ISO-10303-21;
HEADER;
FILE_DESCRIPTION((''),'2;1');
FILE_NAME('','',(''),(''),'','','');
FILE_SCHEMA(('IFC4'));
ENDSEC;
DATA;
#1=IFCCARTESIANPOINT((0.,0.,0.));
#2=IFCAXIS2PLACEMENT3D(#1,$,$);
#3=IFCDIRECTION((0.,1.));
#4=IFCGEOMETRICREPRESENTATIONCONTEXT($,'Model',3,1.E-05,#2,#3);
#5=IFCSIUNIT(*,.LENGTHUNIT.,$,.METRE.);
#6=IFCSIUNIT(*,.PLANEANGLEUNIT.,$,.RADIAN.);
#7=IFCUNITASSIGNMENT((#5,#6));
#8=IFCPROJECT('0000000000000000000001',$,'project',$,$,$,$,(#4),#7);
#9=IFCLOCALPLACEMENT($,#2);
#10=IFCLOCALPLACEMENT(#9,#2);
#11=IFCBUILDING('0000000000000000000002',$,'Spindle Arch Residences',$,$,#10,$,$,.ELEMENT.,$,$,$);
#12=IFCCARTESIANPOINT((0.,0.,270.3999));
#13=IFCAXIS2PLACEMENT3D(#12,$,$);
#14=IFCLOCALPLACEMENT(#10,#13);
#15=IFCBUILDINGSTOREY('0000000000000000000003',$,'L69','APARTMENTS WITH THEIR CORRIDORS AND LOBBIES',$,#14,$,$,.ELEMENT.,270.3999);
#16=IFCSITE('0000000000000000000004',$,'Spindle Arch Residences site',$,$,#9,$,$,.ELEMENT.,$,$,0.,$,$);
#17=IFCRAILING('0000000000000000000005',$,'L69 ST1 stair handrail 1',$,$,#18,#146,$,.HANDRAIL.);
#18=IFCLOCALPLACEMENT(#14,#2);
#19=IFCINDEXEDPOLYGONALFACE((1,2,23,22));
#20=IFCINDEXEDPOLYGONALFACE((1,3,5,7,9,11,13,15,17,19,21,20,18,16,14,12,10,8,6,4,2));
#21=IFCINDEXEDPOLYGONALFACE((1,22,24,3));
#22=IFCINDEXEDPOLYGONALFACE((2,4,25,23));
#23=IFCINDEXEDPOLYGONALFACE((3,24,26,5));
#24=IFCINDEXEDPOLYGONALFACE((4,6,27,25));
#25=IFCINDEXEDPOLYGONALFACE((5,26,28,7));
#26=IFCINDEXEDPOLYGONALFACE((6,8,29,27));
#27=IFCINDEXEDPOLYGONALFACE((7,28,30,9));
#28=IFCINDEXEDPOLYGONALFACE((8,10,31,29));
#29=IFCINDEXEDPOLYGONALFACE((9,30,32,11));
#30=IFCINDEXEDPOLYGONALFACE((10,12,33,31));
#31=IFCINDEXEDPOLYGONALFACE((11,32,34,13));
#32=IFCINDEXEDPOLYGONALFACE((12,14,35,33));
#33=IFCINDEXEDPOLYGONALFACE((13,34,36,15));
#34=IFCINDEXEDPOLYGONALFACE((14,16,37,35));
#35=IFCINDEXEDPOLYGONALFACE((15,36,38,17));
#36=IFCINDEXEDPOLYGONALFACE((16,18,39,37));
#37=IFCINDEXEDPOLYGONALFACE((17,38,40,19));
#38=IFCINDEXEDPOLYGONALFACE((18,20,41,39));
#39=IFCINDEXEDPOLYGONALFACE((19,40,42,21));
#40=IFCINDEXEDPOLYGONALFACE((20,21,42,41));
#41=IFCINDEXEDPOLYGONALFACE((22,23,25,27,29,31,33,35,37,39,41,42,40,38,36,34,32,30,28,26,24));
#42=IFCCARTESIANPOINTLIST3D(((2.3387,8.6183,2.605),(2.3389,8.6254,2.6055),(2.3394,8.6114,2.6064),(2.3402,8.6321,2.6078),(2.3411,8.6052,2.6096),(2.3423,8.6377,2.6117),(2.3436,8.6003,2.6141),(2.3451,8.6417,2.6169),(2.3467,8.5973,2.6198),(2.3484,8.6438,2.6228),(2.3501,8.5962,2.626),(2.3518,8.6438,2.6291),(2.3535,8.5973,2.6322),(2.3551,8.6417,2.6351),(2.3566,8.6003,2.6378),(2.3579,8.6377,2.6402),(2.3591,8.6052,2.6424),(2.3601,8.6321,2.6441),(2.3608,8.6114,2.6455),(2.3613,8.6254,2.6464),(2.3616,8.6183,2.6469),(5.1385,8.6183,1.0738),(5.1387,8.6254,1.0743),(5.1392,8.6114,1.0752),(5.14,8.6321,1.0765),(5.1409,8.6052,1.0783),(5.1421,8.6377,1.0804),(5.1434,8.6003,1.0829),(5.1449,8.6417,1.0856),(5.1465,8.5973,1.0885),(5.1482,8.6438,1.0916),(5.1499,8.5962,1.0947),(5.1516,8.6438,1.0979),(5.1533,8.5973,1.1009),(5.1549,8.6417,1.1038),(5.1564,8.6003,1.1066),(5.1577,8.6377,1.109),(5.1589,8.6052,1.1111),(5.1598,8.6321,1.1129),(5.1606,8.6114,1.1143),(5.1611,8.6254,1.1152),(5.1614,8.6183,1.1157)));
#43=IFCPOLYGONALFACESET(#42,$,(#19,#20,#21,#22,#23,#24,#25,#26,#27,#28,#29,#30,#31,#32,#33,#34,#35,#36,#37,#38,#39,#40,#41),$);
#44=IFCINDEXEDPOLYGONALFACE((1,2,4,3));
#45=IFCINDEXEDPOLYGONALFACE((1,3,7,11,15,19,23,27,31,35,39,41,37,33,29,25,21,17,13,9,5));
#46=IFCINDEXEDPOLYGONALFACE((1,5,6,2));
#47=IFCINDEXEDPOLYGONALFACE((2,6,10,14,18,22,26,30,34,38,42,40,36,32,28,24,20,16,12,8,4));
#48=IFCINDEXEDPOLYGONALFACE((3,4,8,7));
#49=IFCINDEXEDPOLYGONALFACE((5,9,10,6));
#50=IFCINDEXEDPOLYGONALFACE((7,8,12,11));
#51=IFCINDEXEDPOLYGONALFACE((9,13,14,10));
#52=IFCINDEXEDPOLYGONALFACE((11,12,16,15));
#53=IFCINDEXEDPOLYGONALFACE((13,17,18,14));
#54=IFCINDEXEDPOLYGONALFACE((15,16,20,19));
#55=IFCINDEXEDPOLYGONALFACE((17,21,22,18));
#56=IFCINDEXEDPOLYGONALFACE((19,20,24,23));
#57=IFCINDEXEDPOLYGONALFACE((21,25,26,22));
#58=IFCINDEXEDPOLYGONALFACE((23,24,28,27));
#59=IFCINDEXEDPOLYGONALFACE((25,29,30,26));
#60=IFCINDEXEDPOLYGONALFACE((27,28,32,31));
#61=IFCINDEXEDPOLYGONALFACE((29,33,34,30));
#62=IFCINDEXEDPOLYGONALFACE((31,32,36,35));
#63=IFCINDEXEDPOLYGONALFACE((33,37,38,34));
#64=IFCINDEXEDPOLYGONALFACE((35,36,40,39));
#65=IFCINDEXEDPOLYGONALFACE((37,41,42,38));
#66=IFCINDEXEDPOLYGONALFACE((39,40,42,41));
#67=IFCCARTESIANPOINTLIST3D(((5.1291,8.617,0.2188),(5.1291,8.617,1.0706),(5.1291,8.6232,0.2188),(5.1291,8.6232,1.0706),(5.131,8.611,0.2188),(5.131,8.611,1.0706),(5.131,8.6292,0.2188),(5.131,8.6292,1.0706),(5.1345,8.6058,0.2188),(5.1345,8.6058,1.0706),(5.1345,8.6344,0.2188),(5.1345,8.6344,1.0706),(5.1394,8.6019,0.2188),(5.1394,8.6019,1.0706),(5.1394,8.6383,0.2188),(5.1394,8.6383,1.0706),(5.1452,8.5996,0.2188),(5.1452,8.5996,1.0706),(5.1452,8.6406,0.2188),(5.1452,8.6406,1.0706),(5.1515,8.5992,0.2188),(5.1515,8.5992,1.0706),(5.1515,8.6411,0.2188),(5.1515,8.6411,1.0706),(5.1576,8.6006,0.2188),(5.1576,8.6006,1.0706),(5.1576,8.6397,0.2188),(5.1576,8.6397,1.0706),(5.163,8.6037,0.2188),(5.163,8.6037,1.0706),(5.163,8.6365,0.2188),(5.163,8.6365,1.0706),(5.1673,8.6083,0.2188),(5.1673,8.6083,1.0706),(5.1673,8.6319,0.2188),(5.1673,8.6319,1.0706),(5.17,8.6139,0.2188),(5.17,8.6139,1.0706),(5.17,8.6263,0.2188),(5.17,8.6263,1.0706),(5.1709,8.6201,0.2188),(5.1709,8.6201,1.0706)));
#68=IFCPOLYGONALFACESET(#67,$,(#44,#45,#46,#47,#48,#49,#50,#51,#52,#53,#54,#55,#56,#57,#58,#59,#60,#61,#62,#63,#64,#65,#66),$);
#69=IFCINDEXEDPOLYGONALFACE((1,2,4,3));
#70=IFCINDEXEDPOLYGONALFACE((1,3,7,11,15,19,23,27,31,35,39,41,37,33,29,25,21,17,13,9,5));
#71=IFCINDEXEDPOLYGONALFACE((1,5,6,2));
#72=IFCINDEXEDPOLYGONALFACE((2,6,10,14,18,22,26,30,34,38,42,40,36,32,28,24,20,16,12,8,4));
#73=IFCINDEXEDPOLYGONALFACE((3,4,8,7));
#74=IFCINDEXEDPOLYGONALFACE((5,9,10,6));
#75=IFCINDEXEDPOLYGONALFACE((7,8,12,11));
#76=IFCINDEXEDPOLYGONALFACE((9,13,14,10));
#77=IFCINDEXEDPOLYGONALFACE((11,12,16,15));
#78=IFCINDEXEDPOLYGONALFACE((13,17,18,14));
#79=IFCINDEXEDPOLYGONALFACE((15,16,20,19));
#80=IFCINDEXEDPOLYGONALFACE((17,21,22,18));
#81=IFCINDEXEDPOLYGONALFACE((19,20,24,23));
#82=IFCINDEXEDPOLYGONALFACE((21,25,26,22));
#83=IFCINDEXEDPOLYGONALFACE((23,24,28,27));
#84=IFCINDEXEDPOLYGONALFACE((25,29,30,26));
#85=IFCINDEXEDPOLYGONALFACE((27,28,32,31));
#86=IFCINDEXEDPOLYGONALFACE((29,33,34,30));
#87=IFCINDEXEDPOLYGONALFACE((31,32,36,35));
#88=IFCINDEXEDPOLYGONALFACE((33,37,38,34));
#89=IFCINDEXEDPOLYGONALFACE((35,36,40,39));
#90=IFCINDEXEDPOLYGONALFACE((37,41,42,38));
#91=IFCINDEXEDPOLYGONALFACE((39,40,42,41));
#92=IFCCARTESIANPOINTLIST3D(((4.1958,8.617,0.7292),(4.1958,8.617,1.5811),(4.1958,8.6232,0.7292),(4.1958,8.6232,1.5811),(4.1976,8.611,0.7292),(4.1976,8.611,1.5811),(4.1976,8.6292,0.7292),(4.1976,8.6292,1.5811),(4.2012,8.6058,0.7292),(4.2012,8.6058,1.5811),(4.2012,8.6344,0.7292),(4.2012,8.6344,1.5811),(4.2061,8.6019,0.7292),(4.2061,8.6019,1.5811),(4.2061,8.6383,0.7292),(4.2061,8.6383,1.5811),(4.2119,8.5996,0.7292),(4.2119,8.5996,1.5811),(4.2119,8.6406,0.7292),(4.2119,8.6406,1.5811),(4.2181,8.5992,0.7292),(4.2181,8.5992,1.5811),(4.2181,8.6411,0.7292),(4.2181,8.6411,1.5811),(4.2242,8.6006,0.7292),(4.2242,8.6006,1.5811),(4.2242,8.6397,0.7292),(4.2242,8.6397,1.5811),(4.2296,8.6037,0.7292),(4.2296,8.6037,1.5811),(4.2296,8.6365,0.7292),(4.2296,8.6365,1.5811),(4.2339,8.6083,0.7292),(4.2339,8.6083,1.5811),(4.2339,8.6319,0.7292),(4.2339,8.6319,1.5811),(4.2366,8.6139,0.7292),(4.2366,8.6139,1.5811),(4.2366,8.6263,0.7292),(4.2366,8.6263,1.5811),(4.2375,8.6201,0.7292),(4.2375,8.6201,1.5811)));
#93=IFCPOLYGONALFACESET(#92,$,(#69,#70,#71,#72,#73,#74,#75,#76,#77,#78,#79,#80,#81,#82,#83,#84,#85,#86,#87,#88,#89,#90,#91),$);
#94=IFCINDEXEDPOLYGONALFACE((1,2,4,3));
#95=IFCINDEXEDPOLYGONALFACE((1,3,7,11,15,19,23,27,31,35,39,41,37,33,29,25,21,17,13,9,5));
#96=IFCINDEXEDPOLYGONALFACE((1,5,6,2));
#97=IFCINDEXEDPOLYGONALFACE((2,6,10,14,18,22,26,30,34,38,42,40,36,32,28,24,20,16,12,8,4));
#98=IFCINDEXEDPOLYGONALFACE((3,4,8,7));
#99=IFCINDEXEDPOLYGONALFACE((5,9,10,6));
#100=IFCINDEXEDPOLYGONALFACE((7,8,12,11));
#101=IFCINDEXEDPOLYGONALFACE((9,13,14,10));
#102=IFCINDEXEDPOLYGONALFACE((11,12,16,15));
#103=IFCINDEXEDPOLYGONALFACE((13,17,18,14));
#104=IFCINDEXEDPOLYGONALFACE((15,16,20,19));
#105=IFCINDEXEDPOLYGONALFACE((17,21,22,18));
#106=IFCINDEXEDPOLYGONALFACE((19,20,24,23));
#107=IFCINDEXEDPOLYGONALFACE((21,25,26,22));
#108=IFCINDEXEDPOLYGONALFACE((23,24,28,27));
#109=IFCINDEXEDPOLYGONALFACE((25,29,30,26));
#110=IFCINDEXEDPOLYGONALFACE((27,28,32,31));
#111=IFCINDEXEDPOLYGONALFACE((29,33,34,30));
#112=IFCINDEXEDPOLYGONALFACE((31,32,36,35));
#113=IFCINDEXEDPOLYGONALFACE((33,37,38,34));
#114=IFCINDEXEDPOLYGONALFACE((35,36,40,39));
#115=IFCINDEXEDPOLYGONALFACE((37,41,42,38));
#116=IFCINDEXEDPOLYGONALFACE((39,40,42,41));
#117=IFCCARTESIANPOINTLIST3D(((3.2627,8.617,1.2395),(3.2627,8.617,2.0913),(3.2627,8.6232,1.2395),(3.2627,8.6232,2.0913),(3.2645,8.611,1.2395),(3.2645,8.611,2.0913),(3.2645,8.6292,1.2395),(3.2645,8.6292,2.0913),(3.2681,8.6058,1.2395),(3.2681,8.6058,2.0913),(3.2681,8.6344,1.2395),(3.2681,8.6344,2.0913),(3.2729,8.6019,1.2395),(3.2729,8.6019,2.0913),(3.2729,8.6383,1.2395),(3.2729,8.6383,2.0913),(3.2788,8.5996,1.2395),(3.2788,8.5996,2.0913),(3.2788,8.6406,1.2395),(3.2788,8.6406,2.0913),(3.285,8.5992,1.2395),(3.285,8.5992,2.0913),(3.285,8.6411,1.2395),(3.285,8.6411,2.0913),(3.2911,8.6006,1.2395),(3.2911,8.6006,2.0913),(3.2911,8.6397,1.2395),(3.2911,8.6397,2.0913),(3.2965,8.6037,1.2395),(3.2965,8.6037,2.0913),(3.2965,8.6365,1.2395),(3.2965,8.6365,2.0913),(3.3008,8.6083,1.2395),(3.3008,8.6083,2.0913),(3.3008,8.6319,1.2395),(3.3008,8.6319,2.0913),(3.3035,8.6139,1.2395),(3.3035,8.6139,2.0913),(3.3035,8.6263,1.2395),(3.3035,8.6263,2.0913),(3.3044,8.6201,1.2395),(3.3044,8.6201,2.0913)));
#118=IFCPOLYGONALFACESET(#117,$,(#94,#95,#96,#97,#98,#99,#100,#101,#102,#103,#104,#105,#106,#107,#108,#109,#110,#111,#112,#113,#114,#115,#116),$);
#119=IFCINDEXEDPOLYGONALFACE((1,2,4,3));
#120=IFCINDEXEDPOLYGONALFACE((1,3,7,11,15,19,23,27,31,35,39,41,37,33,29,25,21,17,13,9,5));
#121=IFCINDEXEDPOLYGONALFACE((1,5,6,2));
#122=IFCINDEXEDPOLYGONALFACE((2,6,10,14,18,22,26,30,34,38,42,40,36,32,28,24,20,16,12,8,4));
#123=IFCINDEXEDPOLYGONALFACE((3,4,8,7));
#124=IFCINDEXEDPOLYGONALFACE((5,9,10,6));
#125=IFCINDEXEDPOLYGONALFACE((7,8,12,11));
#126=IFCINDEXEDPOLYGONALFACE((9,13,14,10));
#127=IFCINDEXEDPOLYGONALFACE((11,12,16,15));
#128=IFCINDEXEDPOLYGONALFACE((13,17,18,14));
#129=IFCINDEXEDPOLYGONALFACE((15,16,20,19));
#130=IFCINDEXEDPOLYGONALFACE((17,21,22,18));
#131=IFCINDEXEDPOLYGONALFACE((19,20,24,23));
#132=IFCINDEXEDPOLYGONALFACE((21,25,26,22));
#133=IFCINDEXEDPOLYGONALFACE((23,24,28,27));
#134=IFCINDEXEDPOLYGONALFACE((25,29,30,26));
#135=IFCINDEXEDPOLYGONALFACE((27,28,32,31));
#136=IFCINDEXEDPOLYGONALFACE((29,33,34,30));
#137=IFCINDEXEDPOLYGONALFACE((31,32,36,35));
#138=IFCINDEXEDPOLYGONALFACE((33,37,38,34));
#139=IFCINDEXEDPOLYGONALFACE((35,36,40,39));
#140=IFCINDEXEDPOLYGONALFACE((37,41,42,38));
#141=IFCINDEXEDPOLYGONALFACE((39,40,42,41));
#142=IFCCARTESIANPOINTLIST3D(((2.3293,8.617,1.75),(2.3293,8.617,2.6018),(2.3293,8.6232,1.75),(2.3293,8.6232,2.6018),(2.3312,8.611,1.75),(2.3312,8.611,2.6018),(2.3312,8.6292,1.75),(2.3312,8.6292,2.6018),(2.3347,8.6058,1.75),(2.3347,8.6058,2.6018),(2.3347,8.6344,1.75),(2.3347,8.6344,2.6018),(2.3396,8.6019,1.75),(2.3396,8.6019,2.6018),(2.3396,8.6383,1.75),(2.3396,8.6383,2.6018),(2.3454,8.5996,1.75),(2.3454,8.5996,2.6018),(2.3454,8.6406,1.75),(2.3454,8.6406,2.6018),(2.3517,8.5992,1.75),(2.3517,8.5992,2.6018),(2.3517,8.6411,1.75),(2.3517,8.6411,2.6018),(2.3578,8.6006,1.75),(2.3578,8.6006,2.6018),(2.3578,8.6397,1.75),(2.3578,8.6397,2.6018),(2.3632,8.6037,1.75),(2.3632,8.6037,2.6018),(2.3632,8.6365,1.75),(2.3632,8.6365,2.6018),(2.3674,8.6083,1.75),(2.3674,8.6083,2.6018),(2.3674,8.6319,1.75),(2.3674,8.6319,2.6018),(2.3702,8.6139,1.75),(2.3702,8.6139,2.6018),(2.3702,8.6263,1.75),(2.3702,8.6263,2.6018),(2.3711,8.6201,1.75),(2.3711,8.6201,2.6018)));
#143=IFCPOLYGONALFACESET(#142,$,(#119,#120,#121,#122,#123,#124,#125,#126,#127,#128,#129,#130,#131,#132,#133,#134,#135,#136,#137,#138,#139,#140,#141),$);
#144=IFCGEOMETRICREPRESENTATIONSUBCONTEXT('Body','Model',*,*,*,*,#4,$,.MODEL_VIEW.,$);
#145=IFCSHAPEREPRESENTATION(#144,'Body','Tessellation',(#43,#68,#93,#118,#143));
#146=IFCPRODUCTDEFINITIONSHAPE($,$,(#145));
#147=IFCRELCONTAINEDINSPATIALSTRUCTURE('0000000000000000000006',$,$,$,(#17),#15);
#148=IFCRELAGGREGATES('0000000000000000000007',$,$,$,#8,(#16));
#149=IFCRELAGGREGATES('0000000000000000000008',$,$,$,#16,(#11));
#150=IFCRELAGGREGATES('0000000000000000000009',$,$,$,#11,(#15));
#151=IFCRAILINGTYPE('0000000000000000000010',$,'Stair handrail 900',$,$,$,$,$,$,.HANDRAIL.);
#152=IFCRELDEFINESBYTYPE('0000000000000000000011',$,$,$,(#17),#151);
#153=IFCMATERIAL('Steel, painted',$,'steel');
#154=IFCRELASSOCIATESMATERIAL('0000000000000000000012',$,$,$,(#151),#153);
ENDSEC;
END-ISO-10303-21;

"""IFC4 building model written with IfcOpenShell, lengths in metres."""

from ifc_helpers import new_model, si_unit, direction, frame, origin, origin_2d, place, context, subcontext, project, spatial, circle, extrude, material, type_object, element, save


model = new_model("IFC4")

# Units and contexts
model_context = context("Model", 3, precision=1e-05, world=origin(), true_north=direction((0.0, 1.0)))
body_context = subcontext(model_context, "Body", "Model", "MODEL_VIEW")
ifc_project = project(units=[si_unit("LENGTHUNIT", "METRE"), si_unit("PLANEANGLEUNIT", "RADIAN")], contexts=[model_context])

# Site, building, storey
site_placement = place(None, origin())
site = spatial("IfcSite", under=ifc_project, at=site_placement, Name="Spindle Arch Residences site", CompositionType="ELEMENT", RefElevation=0.0)
building_placement = place(site_placement, origin())
building = spatial("IfcBuilding", under=site, at=building_placement, Name="Spindle Arch Residences", CompositionType="ELEMENT")
storey_placement = place(building_placement, frame((0.0, 0.0, 270.3999)))
storey = spatial("IfcBuildingStorey", under=building, at=storey_placement, Name="L69", Description="APARTMENTS WITH THEIR CORRIDORS AND LOBBIES", CompositionType="ELEMENT", Elevation=270.3999)

# Railing
ifc_material_1 = material(Name="Steel, painted", Category="steel")
railing_type_1 = type_object("IfcRailingType", Name="Stair handrail 900", PredefinedType="HANDRAIL", material=ifc_material_1)
railing_1_placement = place(storey_placement, frame((5.1499, 8.6201, 0.2188)))
element("IfcRailing", 1, at=railing_1_placement, inside=storey, type_object=railing_type_1, Name="L69 ST1 stair handrail 1", PredefinedType="HANDRAIL", context=body_context, shape_type="SweptSolid", body=[
    extrude(circle(Radius=0.0239, at=origin_2d()), frame((0.0, 0.0, 0.876), z_axis=(-0.877357, 0.0, 0.479838), x_axis=(0.0, -1.0, 0.0)), (0.0, 0.0, 1.0), 3.1912),
    extrude(circle(Radius=0.021, at=origin_2d()), origin(), (0.0, 0.0, 1.0), 0.8518),
    extrude(circle(Radius=0.021, at=origin_2d()), frame((-0.9333, 0.0, 0.5105)), (0.0, 0.0, 1.0), 0.8518),
    extrude(circle(Radius=0.021, at=origin_2d()), frame((-1.8665, 0.0, 1.0208)), (0.0, 0.0, 1.0), 0.8518),
    extrude(circle(Radius=0.021, at=origin_2d()), frame((-2.7998, 0.0, 1.5312)), (0.0, 0.0, 1.0), 0.8518),
])

save(model, "model.ifc")
